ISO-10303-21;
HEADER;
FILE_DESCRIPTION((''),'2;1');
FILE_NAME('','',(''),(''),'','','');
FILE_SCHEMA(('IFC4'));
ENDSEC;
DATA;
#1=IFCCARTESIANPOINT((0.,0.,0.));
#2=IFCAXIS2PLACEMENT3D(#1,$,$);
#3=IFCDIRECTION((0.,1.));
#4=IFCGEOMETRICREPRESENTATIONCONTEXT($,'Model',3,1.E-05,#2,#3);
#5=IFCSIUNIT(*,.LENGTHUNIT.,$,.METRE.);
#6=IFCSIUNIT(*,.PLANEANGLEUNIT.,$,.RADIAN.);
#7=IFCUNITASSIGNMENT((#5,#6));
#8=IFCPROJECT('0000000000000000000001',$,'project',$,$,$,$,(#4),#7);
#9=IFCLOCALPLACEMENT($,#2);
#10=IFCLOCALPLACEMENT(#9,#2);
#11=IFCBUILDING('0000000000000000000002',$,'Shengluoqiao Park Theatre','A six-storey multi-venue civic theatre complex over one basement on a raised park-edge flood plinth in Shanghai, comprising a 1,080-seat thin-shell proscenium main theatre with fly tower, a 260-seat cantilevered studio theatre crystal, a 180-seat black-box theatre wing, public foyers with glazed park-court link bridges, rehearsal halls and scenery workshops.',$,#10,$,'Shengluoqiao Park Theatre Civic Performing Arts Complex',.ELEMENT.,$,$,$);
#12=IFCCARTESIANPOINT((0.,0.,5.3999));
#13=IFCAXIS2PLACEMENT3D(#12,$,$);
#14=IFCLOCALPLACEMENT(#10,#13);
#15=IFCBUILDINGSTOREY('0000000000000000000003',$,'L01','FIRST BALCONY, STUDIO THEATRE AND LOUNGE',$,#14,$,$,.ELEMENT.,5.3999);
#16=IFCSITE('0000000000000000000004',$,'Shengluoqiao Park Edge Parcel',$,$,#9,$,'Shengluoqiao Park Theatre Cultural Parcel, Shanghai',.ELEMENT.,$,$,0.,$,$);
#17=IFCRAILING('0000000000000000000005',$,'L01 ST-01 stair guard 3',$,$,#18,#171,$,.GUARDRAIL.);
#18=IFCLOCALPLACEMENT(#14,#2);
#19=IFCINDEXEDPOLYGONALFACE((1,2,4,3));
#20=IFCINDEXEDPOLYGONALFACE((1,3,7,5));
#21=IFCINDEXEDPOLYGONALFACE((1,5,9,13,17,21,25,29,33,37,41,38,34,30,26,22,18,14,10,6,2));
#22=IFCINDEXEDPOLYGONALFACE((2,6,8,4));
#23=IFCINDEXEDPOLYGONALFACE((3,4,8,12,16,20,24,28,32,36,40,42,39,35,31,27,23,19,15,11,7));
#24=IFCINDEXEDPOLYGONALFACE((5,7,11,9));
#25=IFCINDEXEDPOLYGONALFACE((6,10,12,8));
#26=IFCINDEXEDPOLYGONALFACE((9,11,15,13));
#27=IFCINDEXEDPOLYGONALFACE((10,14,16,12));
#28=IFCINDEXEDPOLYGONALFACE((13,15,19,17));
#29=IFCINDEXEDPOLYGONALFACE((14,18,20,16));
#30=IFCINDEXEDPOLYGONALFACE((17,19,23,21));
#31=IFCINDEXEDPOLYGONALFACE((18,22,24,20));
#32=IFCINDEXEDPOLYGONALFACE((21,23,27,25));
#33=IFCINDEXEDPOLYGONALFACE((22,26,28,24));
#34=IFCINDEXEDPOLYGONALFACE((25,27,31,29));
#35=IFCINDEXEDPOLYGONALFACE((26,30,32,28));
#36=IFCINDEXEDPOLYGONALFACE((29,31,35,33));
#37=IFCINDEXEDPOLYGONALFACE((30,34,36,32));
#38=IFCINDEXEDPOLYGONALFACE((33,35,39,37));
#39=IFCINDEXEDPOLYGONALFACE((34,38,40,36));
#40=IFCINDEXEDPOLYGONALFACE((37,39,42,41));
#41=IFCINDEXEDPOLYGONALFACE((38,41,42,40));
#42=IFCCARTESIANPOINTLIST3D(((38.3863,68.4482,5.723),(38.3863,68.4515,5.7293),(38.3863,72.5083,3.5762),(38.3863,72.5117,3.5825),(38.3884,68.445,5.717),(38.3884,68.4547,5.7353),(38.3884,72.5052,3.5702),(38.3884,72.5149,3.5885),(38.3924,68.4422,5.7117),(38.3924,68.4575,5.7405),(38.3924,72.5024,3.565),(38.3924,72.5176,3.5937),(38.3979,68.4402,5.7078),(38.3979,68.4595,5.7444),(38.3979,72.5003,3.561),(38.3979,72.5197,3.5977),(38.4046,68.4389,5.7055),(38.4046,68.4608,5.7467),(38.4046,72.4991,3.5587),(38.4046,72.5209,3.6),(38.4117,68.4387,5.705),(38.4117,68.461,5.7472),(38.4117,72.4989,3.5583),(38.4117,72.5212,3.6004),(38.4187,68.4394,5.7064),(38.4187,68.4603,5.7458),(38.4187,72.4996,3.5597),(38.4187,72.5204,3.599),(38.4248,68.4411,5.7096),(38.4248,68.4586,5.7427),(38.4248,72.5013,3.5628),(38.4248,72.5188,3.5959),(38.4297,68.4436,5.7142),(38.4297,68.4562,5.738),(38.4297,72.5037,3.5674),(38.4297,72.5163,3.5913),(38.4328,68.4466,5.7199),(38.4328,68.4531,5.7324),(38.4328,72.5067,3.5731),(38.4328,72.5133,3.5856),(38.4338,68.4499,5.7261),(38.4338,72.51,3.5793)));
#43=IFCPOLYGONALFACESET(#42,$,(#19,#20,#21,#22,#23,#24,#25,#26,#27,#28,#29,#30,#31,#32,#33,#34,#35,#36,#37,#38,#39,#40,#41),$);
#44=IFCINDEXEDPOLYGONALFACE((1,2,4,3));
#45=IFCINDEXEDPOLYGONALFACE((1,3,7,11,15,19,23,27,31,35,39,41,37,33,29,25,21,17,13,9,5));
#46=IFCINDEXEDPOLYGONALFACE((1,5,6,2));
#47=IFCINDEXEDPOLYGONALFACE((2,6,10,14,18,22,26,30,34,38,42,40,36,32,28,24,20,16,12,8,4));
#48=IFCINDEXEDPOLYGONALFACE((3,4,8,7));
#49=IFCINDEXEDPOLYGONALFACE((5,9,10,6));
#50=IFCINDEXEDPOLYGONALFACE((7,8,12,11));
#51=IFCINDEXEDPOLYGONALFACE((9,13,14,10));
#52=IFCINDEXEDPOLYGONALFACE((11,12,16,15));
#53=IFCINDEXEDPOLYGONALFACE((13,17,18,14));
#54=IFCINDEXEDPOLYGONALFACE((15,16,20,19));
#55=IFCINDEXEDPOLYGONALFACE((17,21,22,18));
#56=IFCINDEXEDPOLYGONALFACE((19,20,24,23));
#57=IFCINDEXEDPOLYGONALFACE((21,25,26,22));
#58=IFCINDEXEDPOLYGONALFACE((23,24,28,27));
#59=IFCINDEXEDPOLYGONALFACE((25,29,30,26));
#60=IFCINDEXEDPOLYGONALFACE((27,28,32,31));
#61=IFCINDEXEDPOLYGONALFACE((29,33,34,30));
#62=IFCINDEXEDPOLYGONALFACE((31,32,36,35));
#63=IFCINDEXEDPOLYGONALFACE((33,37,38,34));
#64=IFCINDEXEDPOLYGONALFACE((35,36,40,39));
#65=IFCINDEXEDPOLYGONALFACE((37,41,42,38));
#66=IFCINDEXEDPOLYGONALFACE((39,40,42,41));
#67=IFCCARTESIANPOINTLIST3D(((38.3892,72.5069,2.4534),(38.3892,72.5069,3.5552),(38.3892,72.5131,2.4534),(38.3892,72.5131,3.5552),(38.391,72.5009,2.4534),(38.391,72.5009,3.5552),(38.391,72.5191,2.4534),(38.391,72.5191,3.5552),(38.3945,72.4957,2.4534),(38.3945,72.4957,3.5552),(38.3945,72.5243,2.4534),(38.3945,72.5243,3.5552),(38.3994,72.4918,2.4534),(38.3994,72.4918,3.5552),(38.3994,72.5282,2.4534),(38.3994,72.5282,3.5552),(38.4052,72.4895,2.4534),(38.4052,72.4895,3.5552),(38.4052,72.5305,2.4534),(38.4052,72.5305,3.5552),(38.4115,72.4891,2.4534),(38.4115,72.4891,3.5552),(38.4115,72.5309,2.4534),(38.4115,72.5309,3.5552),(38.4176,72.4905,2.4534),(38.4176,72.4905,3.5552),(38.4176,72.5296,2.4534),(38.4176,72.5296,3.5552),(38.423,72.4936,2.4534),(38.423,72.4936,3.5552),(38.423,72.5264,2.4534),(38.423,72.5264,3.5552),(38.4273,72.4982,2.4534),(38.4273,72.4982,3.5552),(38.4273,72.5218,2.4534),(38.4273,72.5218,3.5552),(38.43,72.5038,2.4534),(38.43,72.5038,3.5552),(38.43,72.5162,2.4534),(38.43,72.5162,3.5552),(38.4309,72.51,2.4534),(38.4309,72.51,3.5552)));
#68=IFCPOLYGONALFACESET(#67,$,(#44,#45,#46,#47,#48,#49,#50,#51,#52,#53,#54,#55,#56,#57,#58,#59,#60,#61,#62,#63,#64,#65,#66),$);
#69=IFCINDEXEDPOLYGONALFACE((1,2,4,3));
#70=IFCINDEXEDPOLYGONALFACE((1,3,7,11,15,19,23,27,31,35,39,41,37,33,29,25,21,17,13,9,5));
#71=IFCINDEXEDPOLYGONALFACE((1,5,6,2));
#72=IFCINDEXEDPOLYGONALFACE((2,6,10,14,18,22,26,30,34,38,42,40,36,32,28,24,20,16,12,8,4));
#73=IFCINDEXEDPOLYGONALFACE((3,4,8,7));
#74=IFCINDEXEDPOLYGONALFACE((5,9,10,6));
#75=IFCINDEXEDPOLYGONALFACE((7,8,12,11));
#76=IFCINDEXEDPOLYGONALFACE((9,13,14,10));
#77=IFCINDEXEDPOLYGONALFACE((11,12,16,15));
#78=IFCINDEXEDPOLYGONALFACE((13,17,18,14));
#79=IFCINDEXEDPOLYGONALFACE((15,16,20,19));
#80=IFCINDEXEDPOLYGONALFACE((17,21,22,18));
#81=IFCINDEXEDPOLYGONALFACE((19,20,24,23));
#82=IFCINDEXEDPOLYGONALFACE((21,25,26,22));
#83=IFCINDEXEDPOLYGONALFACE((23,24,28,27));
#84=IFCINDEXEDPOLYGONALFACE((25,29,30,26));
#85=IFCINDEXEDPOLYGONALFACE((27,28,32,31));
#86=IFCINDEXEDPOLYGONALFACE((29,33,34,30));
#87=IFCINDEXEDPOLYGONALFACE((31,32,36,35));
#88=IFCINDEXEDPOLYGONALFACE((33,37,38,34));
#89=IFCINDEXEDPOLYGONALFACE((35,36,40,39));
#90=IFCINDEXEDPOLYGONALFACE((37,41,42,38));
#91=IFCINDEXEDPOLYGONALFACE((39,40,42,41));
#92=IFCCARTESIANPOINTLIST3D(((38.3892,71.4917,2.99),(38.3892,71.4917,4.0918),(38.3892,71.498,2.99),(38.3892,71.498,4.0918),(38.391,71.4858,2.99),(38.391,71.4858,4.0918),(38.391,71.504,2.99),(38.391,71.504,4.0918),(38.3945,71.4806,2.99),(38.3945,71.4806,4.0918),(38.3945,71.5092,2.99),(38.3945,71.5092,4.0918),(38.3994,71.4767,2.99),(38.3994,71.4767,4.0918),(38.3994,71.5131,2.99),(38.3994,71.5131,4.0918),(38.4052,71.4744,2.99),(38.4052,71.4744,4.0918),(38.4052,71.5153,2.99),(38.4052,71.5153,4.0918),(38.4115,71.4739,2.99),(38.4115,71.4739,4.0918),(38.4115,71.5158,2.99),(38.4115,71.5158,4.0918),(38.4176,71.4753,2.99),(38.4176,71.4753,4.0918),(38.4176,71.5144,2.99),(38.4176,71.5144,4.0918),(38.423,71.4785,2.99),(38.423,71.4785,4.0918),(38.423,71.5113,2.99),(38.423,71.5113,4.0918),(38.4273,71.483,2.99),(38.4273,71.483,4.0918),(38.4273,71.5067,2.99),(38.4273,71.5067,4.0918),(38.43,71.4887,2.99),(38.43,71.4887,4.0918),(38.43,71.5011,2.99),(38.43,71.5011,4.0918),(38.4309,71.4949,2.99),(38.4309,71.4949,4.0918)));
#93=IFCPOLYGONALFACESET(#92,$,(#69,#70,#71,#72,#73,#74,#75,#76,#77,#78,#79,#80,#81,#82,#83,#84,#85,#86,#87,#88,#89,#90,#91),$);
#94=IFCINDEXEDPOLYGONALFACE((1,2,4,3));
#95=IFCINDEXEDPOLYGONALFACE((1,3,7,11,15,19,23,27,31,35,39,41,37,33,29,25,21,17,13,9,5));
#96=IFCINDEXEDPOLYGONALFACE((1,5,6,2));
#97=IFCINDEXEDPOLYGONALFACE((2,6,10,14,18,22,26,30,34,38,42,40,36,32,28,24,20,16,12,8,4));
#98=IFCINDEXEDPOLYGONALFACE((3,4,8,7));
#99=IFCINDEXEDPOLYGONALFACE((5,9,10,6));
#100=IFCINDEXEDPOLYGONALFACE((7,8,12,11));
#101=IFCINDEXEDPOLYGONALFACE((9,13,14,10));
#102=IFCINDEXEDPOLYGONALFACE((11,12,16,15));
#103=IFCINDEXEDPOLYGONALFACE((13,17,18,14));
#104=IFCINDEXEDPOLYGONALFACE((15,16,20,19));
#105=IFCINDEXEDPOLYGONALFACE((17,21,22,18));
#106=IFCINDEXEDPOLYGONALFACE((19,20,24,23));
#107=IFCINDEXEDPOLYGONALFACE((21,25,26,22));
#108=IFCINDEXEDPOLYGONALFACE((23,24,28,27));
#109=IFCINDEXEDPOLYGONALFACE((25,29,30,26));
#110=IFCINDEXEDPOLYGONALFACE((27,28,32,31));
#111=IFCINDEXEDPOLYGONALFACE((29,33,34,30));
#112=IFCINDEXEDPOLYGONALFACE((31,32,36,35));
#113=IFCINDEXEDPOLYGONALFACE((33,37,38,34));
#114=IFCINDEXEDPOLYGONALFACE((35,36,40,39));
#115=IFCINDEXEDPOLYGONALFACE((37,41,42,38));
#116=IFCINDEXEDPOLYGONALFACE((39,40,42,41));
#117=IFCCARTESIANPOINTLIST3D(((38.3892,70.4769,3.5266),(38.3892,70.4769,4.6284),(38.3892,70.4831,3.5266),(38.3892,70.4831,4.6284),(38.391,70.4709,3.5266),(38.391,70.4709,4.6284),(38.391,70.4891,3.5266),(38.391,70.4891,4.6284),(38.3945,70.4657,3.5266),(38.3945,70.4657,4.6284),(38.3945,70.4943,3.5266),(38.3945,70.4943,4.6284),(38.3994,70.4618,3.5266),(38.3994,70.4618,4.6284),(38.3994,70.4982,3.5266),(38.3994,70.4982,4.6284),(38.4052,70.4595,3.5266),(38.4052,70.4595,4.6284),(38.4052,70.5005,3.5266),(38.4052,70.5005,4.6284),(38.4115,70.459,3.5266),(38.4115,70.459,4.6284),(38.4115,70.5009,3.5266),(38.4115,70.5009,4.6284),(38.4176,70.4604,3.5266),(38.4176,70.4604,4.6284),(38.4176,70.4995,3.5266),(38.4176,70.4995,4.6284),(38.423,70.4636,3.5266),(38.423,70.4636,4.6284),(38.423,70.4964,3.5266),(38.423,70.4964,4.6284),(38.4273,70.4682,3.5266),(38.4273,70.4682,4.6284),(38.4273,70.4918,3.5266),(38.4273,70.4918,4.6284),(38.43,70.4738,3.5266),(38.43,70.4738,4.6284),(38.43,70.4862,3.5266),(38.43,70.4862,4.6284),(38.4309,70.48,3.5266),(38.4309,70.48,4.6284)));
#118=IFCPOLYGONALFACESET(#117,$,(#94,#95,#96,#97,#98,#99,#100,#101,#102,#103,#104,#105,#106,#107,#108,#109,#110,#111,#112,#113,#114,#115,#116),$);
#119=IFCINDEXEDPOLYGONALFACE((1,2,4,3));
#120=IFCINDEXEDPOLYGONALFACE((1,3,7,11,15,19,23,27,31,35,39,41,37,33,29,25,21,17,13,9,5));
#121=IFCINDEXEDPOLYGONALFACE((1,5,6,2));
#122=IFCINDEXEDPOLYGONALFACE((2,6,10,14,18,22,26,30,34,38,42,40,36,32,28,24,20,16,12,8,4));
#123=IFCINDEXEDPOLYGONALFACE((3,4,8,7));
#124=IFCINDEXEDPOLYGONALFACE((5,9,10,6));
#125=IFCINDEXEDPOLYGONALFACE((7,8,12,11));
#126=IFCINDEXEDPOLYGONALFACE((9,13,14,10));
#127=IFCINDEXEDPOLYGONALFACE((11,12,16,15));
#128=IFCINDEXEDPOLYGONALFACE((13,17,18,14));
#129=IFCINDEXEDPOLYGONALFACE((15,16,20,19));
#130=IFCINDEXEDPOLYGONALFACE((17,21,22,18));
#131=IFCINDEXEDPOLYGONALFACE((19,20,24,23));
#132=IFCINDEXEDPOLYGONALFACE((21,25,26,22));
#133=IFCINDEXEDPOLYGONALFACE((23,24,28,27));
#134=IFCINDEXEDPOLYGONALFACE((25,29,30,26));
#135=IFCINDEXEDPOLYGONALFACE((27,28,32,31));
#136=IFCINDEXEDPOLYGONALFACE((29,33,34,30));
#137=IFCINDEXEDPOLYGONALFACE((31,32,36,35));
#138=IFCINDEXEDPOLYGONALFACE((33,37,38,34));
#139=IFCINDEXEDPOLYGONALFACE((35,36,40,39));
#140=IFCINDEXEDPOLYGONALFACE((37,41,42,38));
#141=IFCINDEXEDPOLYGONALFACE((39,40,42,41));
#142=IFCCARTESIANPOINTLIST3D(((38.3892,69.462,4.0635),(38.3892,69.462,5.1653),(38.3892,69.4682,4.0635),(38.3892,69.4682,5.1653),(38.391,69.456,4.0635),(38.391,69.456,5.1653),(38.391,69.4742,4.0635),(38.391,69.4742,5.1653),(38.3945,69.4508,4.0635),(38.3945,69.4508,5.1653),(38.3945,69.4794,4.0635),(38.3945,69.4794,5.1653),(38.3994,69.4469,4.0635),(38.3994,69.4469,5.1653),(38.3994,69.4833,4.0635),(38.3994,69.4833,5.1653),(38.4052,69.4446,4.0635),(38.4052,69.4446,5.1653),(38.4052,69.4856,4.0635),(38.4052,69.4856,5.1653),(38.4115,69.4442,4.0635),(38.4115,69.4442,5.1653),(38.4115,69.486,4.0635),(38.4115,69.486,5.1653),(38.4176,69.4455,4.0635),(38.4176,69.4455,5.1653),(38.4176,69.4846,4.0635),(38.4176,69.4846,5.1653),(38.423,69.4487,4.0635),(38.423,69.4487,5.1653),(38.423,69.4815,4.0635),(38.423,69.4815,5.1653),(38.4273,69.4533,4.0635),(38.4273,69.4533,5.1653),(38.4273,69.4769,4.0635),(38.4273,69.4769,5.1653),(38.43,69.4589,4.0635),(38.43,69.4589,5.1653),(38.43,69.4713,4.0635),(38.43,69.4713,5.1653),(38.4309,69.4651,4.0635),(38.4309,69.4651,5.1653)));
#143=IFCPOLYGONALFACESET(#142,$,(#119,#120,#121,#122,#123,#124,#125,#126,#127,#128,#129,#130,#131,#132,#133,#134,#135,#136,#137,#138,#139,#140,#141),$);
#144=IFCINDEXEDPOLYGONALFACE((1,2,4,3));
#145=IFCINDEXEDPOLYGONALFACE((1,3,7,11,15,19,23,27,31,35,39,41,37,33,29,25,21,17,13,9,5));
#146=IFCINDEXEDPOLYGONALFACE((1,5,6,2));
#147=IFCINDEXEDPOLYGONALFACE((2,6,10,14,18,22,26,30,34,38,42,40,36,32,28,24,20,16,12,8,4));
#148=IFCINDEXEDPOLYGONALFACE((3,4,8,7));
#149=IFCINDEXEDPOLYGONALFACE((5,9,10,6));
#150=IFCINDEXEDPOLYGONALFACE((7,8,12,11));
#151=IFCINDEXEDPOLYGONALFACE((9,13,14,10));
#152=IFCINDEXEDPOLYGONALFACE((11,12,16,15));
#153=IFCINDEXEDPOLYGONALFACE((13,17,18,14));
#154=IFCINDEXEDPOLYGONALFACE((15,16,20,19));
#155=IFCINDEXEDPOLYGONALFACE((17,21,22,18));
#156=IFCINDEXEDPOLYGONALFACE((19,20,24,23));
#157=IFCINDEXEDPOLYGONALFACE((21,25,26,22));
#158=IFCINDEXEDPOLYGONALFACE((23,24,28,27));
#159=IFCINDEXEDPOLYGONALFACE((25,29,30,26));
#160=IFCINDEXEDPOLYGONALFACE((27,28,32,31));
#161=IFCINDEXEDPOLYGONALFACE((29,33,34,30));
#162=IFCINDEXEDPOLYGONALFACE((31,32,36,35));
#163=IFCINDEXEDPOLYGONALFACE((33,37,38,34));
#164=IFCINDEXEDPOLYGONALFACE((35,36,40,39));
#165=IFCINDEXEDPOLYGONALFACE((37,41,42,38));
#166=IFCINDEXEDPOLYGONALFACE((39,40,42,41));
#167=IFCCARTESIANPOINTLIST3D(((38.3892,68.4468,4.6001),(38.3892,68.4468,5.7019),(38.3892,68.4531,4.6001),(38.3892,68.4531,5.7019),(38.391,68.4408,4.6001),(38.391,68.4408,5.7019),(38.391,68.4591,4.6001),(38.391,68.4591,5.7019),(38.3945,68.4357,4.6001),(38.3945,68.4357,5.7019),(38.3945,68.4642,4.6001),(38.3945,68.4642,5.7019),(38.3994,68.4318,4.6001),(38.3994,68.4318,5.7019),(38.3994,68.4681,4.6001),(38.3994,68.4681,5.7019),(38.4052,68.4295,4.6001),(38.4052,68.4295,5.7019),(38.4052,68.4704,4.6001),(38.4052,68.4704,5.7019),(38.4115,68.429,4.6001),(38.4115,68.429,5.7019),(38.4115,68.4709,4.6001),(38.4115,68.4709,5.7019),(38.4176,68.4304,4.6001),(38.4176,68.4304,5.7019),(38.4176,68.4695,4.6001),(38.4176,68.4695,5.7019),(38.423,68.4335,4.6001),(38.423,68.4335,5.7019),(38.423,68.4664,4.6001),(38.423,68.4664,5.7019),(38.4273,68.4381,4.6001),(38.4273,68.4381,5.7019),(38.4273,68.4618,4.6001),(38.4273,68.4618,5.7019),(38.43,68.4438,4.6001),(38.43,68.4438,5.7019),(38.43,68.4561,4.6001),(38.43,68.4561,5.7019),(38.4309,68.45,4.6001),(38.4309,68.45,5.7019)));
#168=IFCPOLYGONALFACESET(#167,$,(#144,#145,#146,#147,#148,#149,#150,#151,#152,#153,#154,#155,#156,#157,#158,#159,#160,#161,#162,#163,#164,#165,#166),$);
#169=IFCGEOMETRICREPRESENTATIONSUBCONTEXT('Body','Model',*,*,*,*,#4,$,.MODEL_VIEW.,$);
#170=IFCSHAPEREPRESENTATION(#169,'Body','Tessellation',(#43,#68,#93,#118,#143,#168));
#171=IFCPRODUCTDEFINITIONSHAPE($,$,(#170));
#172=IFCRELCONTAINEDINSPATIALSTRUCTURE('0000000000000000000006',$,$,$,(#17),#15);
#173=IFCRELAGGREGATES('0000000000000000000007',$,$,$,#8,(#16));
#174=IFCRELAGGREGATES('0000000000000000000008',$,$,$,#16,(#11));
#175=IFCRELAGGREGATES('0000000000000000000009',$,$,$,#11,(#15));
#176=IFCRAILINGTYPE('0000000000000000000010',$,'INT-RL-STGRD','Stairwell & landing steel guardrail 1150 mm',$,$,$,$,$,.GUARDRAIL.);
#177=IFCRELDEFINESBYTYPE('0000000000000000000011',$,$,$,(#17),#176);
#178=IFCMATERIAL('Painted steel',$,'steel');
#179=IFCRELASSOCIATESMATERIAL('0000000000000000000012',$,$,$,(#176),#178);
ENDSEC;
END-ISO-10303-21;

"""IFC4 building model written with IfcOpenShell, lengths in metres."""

from ifc_helpers import new_model, si_unit, direction, frame, origin, origin_2d, place, context, subcontext, project, spatial, circle, extrude, material, type_object, element, save


model = new_model("IFC4")

# Units and contexts
model_context = context("Model", 3, precision=1e-05, world=origin(), true_north=direction((0.0, 1.0)))
body_context = subcontext(model_context, "Body", "Model", "MODEL_VIEW")
ifc_project = project(units=[si_unit("LENGTHUNIT", "METRE"), si_unit("PLANEANGLEUNIT", "RADIAN")], contexts=[model_context])

# Site, building, storey
site_placement = place(None, origin())
site = spatial("IfcSite", under=ifc_project, at=site_placement, Name="Shengluoqiao Park Edge Parcel", LongName="Shengluoqiao Park Theatre Cultural Parcel, Shanghai", CompositionType="ELEMENT", RefElevation=0.0)
building_placement = place(site_placement, origin())
building = spatial("IfcBuilding", under=site, at=building_placement, Name="Shengluoqiao Park Theatre", Description="A six-storey multi-venue civic theatre complex over one basement on a raised park-edge flood plinth in Shanghai, comprising a 1,080-seat thin-shell proscenium main theatre with fly tower, a 260-seat cantilevered studio theatre crystal, a 180-seat black-box theatre wing, public foyers with glazed park-court link bridges, rehearsal halls and scenery workshops.", LongName="Shengluoqiao Park Theatre Civic Performing Arts Complex", CompositionType="ELEMENT")
storey_placement = place(building_placement, frame((0.0, 0.0, 5.3999)))
storey = spatial("IfcBuildingStorey", under=building, at=storey_placement, Name="L01", Description="FIRST BALCONY, STUDIO THEATRE AND LOUNGE", CompositionType="ELEMENT", Elevation=5.3999)

# Railing
ifc_material_1 = material(Name="Painted steel", Category="steel")
railing_type_1 = type_object("IfcRailingType", Name="INT-RL-STGRD", Description="Stairwell & landing steel guardrail 1150 mm", PredefinedType="GUARDRAIL", material=ifc_material_1)
railing_1_placement = place(storey_placement, frame((38.4099, 72.51, 2.4534)))
element("IfcRailing", 1, at=railing_1_placement, inside=storey, type_object=railing_type_1, Name="L01 ST-01 stair guard 3", PredefinedType="GUARDRAIL", context=body_context, shape_type="SweptSolid", body=[
    extrude(circle(Radius=0.0239, at=origin_2d()), frame((0.0, 0.0, 1.126), z_axis=(0.0, -0.884032, 0.467426), x_axis=(1.0, 0.0, 0.0)), (0.0, 0.0, 1.0), 4.5928),
    extrude(circle(Radius=0.021, at=origin_2d()), origin(), (0.0, 0.0, 1.0), 1.1018),
    extrude(circle(Radius=0.021, at=origin_2d()), frame((0.0, -1.0151, 0.5366)), (0.0, 0.0, 1.0), 1.1018),
    extrude(circle(Radius=0.021, at=origin_2d()), frame((0.0, -2.03, 1.0732)), (0.0, 0.0, 1.0), 1.1018),
    extrude(circle(Radius=0.021, at=origin_2d()), frame((0.0, -3.0449, 1.6101)), (0.0, 0.0, 1.0), 1.1018),
    extrude(circle(Radius=0.021, at=origin_2d()), frame((0.0, -4.0601, 2.1467)), (0.0, 0.0, 1.0), 1.1018),
])

save(model, "model.ifc")
